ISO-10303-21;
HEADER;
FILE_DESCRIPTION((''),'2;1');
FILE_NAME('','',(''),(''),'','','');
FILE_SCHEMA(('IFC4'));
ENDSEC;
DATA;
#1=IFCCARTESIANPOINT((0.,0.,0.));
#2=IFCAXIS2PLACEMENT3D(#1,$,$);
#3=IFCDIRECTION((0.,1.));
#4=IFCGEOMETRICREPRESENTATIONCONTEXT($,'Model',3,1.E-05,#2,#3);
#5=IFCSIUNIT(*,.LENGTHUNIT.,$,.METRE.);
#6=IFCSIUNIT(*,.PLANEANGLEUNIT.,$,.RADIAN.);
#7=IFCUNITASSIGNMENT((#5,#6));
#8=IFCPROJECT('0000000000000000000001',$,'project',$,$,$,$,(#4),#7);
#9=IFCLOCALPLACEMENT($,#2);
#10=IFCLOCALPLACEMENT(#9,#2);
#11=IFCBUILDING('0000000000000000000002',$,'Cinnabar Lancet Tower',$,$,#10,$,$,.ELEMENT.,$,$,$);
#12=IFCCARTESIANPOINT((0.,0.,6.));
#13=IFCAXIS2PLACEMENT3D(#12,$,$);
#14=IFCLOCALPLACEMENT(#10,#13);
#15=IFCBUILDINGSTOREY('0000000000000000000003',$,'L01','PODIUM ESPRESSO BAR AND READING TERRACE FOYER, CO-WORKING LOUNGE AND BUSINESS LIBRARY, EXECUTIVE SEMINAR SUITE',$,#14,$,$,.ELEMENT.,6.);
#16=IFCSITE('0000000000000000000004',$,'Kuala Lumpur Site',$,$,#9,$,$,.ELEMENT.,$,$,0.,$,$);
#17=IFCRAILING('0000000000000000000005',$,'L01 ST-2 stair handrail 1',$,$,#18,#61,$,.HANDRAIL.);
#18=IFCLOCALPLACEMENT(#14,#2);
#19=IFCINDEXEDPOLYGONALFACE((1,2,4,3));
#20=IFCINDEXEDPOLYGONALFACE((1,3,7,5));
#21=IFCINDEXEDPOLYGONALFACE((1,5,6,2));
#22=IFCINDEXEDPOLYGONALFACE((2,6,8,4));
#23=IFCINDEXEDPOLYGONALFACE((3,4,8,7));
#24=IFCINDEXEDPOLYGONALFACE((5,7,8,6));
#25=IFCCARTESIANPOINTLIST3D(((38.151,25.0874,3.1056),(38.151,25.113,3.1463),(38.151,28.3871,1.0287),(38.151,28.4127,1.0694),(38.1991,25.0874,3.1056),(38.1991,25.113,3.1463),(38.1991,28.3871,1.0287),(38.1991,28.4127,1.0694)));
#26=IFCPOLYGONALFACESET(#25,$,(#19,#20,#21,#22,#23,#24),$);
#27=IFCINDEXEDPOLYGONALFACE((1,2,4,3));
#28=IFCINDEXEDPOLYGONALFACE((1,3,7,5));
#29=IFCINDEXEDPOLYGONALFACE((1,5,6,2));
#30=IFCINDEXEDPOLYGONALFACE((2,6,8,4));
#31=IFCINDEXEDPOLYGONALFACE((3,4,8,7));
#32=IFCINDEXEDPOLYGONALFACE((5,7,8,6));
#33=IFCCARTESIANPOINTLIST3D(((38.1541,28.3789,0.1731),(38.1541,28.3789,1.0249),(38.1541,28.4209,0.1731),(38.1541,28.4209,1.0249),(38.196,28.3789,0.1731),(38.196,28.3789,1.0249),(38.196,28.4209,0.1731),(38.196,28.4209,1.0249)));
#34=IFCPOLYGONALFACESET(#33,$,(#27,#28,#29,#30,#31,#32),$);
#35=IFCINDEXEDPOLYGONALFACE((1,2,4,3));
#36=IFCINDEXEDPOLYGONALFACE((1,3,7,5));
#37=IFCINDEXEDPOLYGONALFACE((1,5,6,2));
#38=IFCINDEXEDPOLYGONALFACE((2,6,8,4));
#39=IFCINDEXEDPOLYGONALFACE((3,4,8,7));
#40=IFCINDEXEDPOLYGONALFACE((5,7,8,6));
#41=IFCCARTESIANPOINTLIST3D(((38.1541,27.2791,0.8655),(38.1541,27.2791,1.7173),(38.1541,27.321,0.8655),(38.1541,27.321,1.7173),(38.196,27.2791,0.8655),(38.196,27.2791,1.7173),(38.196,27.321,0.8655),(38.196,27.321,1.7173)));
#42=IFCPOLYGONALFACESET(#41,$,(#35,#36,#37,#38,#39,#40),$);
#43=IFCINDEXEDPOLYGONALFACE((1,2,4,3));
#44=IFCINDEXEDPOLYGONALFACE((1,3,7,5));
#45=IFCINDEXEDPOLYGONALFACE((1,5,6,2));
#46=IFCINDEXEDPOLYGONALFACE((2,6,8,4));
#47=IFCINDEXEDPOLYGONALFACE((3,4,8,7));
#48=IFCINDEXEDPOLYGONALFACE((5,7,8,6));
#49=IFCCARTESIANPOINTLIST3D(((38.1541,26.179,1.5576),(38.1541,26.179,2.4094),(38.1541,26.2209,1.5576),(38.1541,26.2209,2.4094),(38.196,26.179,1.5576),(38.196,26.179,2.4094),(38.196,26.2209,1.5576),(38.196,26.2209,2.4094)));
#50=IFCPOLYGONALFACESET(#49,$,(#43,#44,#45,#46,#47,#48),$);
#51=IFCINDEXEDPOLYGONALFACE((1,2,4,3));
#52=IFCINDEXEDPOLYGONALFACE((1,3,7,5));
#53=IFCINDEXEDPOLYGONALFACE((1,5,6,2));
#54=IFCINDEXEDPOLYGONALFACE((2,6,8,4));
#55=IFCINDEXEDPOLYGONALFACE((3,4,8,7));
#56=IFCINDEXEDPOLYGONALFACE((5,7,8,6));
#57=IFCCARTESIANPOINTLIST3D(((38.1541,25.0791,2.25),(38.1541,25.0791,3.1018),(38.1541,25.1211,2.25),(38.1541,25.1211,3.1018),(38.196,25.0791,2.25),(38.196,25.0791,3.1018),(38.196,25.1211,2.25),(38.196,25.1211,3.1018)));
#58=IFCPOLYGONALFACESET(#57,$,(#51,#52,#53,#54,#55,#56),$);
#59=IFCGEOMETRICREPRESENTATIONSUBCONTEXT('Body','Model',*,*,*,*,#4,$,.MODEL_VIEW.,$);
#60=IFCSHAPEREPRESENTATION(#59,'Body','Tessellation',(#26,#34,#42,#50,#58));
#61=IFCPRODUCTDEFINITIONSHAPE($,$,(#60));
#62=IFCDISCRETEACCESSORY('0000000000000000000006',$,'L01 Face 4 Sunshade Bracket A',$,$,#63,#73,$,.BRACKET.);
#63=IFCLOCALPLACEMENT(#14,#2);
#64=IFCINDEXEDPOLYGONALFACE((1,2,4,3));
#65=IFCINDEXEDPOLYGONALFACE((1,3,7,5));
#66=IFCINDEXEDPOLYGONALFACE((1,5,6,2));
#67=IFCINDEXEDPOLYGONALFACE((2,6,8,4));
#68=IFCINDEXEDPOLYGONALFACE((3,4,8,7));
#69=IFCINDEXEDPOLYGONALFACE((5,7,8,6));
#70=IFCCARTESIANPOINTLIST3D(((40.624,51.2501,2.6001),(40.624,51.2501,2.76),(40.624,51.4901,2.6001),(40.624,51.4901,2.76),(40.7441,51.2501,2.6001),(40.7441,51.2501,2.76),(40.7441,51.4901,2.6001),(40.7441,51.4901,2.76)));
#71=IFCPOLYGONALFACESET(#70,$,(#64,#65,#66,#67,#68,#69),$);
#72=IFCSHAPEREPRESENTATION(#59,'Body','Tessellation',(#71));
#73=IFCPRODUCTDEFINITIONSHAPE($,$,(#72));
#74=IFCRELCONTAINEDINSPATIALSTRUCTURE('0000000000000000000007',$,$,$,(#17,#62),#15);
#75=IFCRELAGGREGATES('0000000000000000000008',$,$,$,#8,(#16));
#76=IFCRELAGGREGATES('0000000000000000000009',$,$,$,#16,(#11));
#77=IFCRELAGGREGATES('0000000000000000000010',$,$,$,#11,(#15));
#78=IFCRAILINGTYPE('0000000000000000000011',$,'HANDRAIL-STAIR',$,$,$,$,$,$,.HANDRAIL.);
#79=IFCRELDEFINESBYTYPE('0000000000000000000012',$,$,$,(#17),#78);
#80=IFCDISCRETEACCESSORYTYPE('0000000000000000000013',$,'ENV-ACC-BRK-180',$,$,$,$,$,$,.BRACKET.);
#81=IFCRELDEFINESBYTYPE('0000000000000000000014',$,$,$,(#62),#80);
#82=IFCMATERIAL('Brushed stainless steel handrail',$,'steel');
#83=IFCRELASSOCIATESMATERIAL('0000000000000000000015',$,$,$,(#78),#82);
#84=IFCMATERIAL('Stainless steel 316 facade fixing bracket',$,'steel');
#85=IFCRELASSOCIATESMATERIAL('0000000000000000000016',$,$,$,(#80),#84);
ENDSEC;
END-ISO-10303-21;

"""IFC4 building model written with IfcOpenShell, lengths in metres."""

from ifc_helpers import new_model, si_unit, direction, frame, origin, origin_2d, place, context, subcontext, project, spatial, rectangle, extrude, material, type_object, element, save


model = new_model("IFC4")

# Units and contexts
model_context = context("Model", 3, precision=1e-05, world=origin(), true_north=direction((0.0, 1.0)))
body_context = subcontext(model_context, "Body", "Model", "MODEL_VIEW")
ifc_project = project(units=[si_unit("LENGTHUNIT", "METRE"), si_unit("PLANEANGLEUNIT", "RADIAN")], contexts=[model_context])

# Site, building, storey
site_placement = place(None, origin())
site = spatial("IfcSite", under=ifc_project, at=site_placement, Name="Kuala Lumpur Site", CompositionType="ELEMENT", RefElevation=0.0)
building_placement = place(site_placement, origin())
building = spatial("IfcBuilding", under=site, at=building_placement, Name="Cinnabar Lancet Tower", CompositionType="ELEMENT")
storey_placement = place(building_placement, frame((0.0, 0.0, 6.0)))
storey = spatial("IfcBuildingStorey", under=building, at=storey_placement, Name="L01", Description="PODIUM ESPRESSO BAR AND READING TERRACE FOYER, CO-WORKING LOUNGE AND BUSINESS LIBRARY, EXECUTIVE SEMINAR SUITE", CompositionType="ELEMENT", Elevation=6.0)

# Railing
ifc_material_1 = material(Name="Brushed stainless steel handrail", Category="steel")
railing_type_1 = type_object("IfcRailingType", Name="HANDRAIL-STAIR", PredefinedType="HANDRAIL", material=ifc_material_1)
railing_1_placement = place(storey_placement, frame((38.175, 28.3999, 0.1731)))
element("IfcRailing", 1, at=railing_1_placement, inside=storey, type_object=railing_type_1, Name="L01 ST-2 stair handrail 1", PredefinedType="HANDRAIL", context=body_context, shape_type="SweptSolid", body=[
    extrude(rectangle(XDim=0.0481, YDim=0.0481, at=origin_2d()), frame((0.0, 0.0, 0.876), z_axis=(0.0, -0.84632, 0.532675), x_axis=(1.0, 0.0, 0.0)), (0.0, 0.0, 1.0), 3.8989),
    extrude(rectangle(XDim=0.042, YDim=0.042, at=origin_2d()), origin(), (0.0, 0.0, 1.0), 0.8518),
    extrude(rectangle(XDim=0.042, YDim=0.042, at=origin_2d()), frame((0.0, -1.0999, 0.6924)), (0.0, 0.0, 1.0), 0.8518),
    extrude(rectangle(XDim=0.042, YDim=0.042, at=origin_2d()), frame((0.0, -2.2, 1.3845)), (0.0, 0.0, 1.0), 0.8518),
    extrude(rectangle(XDim=0.042, YDim=0.042, at=origin_2d()), frame((0.0, -3.2998, 2.0769)), (0.0, 0.0, 1.0), 0.8518),
])

# Discrete accessory
ifc_material_2 = material(Name="Stainless steel 316 facade fixing bracket", Category="steel")
discrete_accessory_type = type_object("IfcDiscreteAccessoryType", Name="ENV-ACC-BRK-180", PredefinedType="BRACKET", material=ifc_material_2)
discrete_accessory_placement = place(storey_placement, frame((40.6841, 51.3701, 2.6001), z_axis=(0.0, 0.0, 1.0), x_axis=(-1.0, 0.0, 0.0)))
element("IfcDiscreteAccessory", 2, at=discrete_accessory_placement, inside=storey, type_object=discrete_accessory_type, Name="L01 Face 4 Sunshade Bracket A", PredefinedType="BRACKET", context=body_context, shape_type="SweptSolid", body=[
    extrude(rectangle(XDim=0.1201, YDim=0.24, at=origin_2d()), origin(), (0.0, 0.0, 1.0), 0.1599),
])

save(model, "model.ifc")
